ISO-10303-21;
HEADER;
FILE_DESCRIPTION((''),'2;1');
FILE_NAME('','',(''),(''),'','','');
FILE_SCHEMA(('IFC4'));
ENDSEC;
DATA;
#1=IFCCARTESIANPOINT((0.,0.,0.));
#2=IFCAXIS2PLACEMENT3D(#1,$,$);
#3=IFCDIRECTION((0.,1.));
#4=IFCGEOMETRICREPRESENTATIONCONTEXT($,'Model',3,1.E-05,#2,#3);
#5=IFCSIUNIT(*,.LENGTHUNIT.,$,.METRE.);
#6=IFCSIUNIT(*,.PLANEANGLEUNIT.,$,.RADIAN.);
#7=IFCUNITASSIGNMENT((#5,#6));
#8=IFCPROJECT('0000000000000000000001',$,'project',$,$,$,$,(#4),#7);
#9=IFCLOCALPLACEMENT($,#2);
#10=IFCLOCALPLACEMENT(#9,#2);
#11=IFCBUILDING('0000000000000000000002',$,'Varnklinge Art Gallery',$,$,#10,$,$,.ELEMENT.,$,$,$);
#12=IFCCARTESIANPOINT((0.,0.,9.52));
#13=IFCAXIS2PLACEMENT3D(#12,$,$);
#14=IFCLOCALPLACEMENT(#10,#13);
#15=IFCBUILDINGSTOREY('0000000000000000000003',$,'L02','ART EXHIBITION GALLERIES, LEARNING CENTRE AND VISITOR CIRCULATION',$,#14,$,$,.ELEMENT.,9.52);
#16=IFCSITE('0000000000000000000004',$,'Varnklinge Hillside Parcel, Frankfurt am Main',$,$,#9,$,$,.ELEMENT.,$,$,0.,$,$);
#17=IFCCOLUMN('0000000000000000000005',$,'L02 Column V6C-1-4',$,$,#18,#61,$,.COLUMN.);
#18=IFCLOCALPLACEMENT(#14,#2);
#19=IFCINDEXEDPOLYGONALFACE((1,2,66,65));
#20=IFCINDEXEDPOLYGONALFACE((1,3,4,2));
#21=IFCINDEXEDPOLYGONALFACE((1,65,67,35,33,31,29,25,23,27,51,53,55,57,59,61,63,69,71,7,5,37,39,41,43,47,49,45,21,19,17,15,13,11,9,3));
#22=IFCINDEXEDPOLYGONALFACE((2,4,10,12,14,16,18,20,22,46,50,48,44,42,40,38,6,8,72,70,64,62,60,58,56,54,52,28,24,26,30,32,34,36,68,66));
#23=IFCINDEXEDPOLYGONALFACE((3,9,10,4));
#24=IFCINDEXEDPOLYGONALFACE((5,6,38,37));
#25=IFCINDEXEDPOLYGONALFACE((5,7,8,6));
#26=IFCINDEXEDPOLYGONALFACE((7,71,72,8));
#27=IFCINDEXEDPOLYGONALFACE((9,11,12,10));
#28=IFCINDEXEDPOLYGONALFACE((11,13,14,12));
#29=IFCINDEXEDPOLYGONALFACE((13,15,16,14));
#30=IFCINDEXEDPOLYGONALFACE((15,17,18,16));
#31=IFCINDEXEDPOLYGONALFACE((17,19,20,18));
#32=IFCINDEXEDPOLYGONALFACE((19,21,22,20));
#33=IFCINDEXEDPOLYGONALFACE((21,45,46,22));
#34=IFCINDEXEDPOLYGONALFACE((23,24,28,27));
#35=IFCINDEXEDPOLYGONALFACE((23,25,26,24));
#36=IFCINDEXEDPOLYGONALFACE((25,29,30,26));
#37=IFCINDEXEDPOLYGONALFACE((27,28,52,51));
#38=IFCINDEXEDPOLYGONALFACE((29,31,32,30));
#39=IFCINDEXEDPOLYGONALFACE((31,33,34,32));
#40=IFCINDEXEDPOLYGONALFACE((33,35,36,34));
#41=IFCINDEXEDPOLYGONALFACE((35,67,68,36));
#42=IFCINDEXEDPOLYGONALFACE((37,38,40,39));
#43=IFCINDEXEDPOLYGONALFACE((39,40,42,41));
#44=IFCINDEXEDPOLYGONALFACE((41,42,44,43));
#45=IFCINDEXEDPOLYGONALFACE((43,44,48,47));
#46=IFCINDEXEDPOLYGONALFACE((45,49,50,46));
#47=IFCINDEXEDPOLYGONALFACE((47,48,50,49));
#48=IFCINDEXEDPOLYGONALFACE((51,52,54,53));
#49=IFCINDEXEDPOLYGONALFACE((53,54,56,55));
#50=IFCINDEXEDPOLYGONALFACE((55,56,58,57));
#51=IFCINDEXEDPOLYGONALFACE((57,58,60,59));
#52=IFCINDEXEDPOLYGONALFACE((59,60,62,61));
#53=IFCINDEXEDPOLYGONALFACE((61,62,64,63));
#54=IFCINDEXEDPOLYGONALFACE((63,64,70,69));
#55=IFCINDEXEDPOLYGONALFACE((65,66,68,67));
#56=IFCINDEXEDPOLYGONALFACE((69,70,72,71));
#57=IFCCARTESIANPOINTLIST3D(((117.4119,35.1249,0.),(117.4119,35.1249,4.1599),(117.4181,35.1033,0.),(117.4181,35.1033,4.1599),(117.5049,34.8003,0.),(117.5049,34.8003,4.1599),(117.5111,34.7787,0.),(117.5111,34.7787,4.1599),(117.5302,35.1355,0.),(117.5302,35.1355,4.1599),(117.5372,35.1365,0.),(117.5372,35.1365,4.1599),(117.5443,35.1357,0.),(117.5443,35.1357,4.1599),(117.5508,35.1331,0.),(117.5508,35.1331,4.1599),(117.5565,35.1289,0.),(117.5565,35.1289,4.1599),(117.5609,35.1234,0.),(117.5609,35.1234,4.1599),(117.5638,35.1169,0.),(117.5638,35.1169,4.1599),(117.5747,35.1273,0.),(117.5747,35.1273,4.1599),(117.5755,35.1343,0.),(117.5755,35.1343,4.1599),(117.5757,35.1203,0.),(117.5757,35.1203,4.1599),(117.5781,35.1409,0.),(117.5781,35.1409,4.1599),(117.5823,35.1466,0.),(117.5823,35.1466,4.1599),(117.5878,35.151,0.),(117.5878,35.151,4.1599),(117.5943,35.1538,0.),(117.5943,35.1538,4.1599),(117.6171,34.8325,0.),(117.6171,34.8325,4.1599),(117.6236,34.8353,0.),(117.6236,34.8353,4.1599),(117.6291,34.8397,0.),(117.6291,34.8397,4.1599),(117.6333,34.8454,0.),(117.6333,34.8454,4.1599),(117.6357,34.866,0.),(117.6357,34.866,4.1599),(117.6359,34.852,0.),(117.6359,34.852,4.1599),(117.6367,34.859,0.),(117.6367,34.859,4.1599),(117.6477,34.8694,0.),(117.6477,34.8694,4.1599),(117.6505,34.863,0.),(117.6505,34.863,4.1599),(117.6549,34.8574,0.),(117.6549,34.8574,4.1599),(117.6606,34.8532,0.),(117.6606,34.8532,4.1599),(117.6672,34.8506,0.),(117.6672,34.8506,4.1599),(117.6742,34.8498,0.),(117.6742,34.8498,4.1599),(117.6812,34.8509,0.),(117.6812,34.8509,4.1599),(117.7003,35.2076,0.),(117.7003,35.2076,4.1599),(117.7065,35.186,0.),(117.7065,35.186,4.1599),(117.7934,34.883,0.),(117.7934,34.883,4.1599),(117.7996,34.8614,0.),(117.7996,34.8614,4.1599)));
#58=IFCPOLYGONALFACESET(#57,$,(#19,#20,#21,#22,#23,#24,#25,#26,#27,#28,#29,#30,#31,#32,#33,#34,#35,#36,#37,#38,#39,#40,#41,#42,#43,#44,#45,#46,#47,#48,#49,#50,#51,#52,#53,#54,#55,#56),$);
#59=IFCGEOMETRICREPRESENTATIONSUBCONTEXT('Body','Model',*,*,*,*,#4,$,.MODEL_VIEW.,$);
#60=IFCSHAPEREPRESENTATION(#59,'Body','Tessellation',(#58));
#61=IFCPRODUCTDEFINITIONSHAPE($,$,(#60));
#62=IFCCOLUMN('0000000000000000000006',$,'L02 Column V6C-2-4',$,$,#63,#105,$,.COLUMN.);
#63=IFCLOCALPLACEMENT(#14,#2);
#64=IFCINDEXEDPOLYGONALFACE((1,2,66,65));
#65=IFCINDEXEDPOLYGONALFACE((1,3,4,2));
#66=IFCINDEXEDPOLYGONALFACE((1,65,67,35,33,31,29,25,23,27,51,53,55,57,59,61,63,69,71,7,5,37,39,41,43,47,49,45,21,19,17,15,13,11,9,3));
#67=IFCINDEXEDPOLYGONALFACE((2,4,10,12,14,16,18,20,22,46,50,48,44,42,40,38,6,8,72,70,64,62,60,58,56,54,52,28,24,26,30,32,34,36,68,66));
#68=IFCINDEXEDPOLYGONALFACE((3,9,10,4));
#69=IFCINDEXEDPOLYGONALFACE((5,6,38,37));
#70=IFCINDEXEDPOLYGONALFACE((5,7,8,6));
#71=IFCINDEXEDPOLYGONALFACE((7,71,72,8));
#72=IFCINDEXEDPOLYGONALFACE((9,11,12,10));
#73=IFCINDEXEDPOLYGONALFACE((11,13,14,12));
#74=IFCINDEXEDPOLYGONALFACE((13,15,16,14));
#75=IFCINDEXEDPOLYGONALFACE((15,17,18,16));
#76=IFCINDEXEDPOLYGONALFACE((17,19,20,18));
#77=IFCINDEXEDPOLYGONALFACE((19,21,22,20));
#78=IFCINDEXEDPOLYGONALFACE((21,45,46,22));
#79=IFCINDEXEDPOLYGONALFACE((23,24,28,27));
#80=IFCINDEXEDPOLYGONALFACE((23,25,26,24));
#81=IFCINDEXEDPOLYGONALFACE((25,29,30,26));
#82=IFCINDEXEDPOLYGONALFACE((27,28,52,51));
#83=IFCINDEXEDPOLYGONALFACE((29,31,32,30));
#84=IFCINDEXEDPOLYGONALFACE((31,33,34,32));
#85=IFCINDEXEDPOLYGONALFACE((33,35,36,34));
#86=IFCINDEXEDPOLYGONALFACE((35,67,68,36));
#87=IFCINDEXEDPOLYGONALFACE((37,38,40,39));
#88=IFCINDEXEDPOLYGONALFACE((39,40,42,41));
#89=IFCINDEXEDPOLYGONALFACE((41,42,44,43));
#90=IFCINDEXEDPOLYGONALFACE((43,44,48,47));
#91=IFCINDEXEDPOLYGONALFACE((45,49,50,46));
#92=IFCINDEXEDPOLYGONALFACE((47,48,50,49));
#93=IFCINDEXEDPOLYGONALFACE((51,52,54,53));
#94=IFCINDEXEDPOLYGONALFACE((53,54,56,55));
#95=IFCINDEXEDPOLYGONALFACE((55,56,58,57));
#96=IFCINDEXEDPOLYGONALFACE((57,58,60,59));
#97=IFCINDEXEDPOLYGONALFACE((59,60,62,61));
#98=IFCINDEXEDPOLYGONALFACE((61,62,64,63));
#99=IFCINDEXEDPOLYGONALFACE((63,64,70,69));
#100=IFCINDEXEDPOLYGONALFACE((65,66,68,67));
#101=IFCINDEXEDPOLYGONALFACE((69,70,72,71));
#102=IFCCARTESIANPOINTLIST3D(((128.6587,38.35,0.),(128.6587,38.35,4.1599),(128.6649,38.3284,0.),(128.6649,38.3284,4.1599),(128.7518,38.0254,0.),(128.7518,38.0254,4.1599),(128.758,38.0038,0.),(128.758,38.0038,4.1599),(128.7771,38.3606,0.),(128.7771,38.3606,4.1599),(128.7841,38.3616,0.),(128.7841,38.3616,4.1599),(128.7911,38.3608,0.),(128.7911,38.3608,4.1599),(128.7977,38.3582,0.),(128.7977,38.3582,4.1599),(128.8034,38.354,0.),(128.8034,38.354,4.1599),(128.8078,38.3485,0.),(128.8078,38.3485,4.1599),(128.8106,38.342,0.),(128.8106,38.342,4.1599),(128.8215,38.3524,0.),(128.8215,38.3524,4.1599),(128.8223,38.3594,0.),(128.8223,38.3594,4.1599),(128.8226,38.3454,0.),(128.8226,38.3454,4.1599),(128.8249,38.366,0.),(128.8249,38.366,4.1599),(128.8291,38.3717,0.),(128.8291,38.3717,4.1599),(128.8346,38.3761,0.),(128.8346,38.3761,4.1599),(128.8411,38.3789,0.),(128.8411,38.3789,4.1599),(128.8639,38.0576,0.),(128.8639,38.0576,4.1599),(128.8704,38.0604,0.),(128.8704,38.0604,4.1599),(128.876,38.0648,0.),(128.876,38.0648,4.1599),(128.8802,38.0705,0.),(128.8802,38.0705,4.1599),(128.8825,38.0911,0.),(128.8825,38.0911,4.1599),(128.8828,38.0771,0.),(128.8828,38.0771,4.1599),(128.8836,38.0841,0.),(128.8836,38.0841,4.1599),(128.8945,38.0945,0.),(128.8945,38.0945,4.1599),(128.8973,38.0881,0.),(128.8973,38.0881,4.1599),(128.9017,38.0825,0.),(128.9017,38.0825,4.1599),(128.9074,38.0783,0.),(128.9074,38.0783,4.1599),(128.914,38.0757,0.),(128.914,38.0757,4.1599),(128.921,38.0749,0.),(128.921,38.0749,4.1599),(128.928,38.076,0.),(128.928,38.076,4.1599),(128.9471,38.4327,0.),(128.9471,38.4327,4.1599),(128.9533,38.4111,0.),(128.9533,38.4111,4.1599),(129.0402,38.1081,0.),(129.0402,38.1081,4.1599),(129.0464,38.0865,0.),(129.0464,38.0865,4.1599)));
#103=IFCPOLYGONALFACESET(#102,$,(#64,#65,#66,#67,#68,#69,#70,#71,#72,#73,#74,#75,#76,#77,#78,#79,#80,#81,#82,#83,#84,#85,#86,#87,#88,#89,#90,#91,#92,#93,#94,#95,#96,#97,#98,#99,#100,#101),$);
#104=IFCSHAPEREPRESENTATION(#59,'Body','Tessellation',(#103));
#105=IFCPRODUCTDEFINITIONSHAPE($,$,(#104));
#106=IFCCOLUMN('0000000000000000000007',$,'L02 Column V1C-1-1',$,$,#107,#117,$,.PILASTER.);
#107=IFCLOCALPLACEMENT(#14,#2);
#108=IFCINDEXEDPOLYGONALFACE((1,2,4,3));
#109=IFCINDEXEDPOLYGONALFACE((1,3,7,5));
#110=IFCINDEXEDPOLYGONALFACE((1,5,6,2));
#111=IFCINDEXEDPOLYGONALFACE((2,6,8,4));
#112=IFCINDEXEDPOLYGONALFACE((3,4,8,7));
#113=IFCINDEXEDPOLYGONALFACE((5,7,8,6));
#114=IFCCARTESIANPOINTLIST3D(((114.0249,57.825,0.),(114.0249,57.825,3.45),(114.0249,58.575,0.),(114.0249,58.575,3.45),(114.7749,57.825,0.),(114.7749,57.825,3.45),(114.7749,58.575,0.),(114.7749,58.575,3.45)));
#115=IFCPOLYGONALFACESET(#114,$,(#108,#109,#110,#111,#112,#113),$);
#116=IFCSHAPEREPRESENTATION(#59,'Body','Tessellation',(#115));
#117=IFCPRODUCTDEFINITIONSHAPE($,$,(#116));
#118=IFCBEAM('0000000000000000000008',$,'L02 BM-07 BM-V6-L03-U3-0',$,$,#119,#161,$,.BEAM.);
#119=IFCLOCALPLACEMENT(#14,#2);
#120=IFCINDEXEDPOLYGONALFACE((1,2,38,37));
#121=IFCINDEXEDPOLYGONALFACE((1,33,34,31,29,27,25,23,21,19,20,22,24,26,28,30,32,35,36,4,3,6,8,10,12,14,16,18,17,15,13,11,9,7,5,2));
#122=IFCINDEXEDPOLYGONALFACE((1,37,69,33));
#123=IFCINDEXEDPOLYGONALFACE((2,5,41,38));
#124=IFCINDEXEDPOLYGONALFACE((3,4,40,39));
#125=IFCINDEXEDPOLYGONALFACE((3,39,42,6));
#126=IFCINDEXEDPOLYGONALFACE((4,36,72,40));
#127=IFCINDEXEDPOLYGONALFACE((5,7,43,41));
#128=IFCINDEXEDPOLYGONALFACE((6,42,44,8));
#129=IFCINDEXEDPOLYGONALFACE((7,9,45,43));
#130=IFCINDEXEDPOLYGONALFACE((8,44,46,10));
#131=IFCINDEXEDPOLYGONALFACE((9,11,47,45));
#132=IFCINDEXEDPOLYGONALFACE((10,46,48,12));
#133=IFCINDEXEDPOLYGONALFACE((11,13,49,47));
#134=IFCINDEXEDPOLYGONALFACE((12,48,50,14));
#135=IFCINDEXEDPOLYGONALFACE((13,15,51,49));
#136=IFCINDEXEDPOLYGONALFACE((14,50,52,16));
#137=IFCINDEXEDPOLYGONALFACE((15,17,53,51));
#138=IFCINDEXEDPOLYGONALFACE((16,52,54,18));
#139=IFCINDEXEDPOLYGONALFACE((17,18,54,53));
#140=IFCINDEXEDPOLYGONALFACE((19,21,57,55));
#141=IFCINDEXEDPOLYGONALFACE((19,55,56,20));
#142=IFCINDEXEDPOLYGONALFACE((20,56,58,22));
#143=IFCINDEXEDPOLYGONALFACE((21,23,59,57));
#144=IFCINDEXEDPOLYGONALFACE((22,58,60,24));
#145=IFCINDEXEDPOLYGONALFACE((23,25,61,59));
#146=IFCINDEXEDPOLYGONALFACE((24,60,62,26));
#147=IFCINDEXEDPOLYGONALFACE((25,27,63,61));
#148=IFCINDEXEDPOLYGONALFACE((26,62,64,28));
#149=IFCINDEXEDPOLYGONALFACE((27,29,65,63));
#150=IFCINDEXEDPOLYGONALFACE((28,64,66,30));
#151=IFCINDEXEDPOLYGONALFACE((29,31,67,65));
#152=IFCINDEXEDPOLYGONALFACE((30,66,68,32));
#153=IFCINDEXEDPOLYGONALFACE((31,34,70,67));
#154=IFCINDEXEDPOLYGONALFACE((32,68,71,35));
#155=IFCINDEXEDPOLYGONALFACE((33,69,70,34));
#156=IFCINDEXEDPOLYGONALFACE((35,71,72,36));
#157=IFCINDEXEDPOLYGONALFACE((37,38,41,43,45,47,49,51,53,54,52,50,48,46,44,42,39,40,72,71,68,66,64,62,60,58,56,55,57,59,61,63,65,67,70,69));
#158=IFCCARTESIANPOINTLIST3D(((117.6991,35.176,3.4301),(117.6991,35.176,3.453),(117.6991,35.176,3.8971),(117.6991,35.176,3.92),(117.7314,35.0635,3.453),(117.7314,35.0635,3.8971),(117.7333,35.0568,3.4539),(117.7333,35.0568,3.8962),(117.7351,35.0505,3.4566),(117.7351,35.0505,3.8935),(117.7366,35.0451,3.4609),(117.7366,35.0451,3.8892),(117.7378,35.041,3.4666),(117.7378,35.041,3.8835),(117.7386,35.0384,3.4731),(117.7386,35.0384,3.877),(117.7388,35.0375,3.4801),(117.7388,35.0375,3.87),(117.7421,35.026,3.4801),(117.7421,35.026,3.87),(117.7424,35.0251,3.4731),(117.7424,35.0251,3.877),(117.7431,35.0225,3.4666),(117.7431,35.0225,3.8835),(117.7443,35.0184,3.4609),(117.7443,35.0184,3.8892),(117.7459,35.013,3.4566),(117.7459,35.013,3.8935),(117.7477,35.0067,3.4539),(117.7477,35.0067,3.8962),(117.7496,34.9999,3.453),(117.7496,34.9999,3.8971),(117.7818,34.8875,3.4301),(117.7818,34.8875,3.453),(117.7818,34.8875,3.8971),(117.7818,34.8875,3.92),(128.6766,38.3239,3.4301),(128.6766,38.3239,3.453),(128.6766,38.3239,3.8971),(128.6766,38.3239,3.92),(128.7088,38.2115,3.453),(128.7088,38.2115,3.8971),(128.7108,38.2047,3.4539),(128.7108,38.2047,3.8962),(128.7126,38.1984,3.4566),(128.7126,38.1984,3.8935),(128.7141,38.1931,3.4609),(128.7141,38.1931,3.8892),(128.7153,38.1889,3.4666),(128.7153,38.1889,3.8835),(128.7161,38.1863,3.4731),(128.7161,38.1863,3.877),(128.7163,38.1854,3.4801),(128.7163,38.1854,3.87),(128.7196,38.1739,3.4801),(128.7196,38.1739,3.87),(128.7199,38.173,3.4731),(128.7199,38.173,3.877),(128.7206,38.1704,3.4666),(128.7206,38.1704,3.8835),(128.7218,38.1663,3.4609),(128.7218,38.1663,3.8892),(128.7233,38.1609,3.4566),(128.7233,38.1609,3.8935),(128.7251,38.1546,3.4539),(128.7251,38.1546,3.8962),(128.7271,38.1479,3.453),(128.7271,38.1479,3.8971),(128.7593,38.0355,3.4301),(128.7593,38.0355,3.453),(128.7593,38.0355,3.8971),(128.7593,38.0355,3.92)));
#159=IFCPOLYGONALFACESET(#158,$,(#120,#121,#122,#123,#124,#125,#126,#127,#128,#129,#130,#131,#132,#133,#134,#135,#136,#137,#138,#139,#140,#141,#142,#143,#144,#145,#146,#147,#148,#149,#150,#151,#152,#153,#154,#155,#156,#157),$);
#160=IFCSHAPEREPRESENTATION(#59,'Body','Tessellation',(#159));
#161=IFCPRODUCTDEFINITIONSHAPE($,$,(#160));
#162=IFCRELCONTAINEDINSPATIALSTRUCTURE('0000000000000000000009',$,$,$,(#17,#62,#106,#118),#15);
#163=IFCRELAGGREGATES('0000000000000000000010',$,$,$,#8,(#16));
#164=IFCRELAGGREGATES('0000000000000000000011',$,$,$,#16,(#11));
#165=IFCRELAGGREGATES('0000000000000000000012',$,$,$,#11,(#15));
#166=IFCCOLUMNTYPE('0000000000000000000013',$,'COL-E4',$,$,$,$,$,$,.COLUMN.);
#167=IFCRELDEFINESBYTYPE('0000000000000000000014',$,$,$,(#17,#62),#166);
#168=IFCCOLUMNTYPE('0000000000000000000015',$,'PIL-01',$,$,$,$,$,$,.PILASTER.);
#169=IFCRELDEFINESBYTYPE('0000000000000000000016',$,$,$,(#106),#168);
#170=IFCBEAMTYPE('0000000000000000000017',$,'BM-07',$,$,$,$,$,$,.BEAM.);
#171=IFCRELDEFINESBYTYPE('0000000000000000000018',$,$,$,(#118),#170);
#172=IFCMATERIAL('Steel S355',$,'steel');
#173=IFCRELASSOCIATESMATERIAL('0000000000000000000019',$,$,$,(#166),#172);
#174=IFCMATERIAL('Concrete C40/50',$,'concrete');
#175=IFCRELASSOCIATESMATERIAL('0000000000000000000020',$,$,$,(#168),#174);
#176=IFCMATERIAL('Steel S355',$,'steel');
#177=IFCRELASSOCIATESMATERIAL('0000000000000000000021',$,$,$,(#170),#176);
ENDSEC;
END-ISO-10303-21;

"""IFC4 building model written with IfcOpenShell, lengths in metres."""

from ifc_helpers import new_model, si_unit, direction, frame, origin, origin_2d, place, context, subcontext, project, spatial, rectangle, i_section, extrude, material, material_profile, profile_set, type_object, element, save


model = new_model("IFC4")

# Units and contexts
model_context = context("Model", 3, precision=1e-05, world=origin(), true_north=direction((0.0, 1.0)))
body_context = subcontext(model_context, "Body", "Model", "MODEL_VIEW")
ifc_project = project(units=[si_unit("LENGTHUNIT", "METRE"), si_unit("PLANEANGLEUNIT", "RADIAN")], contexts=[model_context])

# Site, building, storey
site_placement = place(None, origin())
site = spatial("IfcSite", under=ifc_project, at=site_placement, Name="Varnklinge Hillside Parcel, Frankfurt am Main", CompositionType="ELEMENT", RefElevation=0.0)
building_placement = place(site_placement, origin())
building = spatial("IfcBuilding", under=site, at=building_placement, Name="Varnklinge Art Gallery", CompositionType="ELEMENT")
storey_placement = place(building_placement, frame((0.0, 0.0, 9.52)))
storey = spatial("IfcBuildingStorey", under=building, at=storey_placement, Name="L02", Description="ART EXHIBITION GALLERIES, LEARNING CENTRE AND VISITOR CIRCULATION", CompositionType="ELEMENT", Elevation=9.52)

# Columns
ifc_material_1 = material(Name="Steel S355", Category="steel")
ifc_material_profile_1 = material_profile(ifc_material_1, i_section(OverallWidth=0.3, OverallDepth=0.3601, WebThickness=0.0125, FlangeThickness=0.0225, FilletRadius=0.0271, at=origin_2d()), Name="HEB 360")
ifc_profile_set_1 = profile_set([ifc_material_profile_1], Name="Steel S355")
column_type_1 = type_object("IfcColumnType", Name="COL-E4", PredefinedType="COLUMN", material=ifc_profile_set_1)
for number, where, z_axis, x_axis, name in (
    (1, (117.6057, 34.9932, 0.0), (0.0, 0.0, 1.0), (0.961262, 0.275637, 0.0), "L02 Column V6C-1-4"),
    (2, (128.8525, 38.2183, 0.0), (0.0, 0.0, 1.0), (0.961262, 0.275637, 0.0), "L02 Column V6C-2-4"),
):
    element("IfcColumn", number, at=place(storey_placement, frame(where, z_axis=z_axis, x_axis=x_axis)), inside=storey, type_object=column_type_1, Name=name, PredefinedType="COLUMN", context=body_context, shape_type="SweptSolid", body=[
        extrude(i_section(OverallWidth=0.3, OverallDepth=0.3601, WebThickness=0.0125, FlangeThickness=0.0225, FilletRadius=0.0271, at=origin_2d()), origin(), (0.0, 0.0, 1.0), 4.1599),
    ])
ifc_material_2 = material(Name="Concrete C40/50", Category="concrete")
ifc_material_profile_2 = material_profile(ifc_material_2, rectangle(XDim=0.75, YDim=0.75, at=origin_2d()), Name="RC 750x750")
ifc_profile_set_2 = profile_set([ifc_material_profile_2], Name="Concrete C40/50")
column_type_2 = type_object("IfcColumnType", Name="PIL-01", PredefinedType="PILASTER", material=ifc_profile_set_2)
column_placement = place(storey_placement, frame((114.3999, 58.2, 0.0), z_axis=(0.0, 0.0, 1.0), x_axis=(1.0, 0.0, 0.0)))
element("IfcColumn", 3, at=column_placement, inside=storey, type_object=column_type_2, Name="L02 Column V1C-1-1", PredefinedType="PILASTER", context=body_context, shape_type="SweptSolid", body=[
    extrude(rectangle(XDim=0.75, YDim=0.75, at=origin_2d()), origin(), (0.0, 0.0, 1.0), 3.45),
])

# Beam
ifc_material_3 = material(Name="Steel S355", Category="steel")
ifc_material_profile_3 = material_profile(ifc_material_3, i_section(OverallWidth=0.3, OverallDepth=0.49, WebThickness=0.012, FlangeThickness=0.0229, FilletRadius=0.0271, at=origin_2d()), Name="HEA 500")
ifc_profile_set_3 = profile_set([ifc_material_profile_3], Name="Steel S355")
beam_type = type_object("IfcBeamType", Name="BM-07", PredefinedType="BEAM", material=ifc_profile_set_3)
beam_1_placement = place(storey_placement, frame((117.7405, 35.0317, 3.675), z_axis=(0.961257, 0.275653, 0.0), x_axis=(-0.275653, 0.961257, 0.0)))
element("IfcBeam", 4, at=beam_1_placement, inside=storey, type_object=beam_type, Name="L02 BM-07 BM-V6-L03-U3-0", PredefinedType="BEAM", context=body_context, shape_type="SweptSolid", body=[
    extrude(i_section(OverallWidth=0.3, OverallDepth=0.49, WebThickness=0.012, FlangeThickness=0.0229, FilletRadius=0.0271, at=origin_2d()), origin(), (0.0, 0.0, 1.0), 11.4199),
])

save(model, "model.ifc")
